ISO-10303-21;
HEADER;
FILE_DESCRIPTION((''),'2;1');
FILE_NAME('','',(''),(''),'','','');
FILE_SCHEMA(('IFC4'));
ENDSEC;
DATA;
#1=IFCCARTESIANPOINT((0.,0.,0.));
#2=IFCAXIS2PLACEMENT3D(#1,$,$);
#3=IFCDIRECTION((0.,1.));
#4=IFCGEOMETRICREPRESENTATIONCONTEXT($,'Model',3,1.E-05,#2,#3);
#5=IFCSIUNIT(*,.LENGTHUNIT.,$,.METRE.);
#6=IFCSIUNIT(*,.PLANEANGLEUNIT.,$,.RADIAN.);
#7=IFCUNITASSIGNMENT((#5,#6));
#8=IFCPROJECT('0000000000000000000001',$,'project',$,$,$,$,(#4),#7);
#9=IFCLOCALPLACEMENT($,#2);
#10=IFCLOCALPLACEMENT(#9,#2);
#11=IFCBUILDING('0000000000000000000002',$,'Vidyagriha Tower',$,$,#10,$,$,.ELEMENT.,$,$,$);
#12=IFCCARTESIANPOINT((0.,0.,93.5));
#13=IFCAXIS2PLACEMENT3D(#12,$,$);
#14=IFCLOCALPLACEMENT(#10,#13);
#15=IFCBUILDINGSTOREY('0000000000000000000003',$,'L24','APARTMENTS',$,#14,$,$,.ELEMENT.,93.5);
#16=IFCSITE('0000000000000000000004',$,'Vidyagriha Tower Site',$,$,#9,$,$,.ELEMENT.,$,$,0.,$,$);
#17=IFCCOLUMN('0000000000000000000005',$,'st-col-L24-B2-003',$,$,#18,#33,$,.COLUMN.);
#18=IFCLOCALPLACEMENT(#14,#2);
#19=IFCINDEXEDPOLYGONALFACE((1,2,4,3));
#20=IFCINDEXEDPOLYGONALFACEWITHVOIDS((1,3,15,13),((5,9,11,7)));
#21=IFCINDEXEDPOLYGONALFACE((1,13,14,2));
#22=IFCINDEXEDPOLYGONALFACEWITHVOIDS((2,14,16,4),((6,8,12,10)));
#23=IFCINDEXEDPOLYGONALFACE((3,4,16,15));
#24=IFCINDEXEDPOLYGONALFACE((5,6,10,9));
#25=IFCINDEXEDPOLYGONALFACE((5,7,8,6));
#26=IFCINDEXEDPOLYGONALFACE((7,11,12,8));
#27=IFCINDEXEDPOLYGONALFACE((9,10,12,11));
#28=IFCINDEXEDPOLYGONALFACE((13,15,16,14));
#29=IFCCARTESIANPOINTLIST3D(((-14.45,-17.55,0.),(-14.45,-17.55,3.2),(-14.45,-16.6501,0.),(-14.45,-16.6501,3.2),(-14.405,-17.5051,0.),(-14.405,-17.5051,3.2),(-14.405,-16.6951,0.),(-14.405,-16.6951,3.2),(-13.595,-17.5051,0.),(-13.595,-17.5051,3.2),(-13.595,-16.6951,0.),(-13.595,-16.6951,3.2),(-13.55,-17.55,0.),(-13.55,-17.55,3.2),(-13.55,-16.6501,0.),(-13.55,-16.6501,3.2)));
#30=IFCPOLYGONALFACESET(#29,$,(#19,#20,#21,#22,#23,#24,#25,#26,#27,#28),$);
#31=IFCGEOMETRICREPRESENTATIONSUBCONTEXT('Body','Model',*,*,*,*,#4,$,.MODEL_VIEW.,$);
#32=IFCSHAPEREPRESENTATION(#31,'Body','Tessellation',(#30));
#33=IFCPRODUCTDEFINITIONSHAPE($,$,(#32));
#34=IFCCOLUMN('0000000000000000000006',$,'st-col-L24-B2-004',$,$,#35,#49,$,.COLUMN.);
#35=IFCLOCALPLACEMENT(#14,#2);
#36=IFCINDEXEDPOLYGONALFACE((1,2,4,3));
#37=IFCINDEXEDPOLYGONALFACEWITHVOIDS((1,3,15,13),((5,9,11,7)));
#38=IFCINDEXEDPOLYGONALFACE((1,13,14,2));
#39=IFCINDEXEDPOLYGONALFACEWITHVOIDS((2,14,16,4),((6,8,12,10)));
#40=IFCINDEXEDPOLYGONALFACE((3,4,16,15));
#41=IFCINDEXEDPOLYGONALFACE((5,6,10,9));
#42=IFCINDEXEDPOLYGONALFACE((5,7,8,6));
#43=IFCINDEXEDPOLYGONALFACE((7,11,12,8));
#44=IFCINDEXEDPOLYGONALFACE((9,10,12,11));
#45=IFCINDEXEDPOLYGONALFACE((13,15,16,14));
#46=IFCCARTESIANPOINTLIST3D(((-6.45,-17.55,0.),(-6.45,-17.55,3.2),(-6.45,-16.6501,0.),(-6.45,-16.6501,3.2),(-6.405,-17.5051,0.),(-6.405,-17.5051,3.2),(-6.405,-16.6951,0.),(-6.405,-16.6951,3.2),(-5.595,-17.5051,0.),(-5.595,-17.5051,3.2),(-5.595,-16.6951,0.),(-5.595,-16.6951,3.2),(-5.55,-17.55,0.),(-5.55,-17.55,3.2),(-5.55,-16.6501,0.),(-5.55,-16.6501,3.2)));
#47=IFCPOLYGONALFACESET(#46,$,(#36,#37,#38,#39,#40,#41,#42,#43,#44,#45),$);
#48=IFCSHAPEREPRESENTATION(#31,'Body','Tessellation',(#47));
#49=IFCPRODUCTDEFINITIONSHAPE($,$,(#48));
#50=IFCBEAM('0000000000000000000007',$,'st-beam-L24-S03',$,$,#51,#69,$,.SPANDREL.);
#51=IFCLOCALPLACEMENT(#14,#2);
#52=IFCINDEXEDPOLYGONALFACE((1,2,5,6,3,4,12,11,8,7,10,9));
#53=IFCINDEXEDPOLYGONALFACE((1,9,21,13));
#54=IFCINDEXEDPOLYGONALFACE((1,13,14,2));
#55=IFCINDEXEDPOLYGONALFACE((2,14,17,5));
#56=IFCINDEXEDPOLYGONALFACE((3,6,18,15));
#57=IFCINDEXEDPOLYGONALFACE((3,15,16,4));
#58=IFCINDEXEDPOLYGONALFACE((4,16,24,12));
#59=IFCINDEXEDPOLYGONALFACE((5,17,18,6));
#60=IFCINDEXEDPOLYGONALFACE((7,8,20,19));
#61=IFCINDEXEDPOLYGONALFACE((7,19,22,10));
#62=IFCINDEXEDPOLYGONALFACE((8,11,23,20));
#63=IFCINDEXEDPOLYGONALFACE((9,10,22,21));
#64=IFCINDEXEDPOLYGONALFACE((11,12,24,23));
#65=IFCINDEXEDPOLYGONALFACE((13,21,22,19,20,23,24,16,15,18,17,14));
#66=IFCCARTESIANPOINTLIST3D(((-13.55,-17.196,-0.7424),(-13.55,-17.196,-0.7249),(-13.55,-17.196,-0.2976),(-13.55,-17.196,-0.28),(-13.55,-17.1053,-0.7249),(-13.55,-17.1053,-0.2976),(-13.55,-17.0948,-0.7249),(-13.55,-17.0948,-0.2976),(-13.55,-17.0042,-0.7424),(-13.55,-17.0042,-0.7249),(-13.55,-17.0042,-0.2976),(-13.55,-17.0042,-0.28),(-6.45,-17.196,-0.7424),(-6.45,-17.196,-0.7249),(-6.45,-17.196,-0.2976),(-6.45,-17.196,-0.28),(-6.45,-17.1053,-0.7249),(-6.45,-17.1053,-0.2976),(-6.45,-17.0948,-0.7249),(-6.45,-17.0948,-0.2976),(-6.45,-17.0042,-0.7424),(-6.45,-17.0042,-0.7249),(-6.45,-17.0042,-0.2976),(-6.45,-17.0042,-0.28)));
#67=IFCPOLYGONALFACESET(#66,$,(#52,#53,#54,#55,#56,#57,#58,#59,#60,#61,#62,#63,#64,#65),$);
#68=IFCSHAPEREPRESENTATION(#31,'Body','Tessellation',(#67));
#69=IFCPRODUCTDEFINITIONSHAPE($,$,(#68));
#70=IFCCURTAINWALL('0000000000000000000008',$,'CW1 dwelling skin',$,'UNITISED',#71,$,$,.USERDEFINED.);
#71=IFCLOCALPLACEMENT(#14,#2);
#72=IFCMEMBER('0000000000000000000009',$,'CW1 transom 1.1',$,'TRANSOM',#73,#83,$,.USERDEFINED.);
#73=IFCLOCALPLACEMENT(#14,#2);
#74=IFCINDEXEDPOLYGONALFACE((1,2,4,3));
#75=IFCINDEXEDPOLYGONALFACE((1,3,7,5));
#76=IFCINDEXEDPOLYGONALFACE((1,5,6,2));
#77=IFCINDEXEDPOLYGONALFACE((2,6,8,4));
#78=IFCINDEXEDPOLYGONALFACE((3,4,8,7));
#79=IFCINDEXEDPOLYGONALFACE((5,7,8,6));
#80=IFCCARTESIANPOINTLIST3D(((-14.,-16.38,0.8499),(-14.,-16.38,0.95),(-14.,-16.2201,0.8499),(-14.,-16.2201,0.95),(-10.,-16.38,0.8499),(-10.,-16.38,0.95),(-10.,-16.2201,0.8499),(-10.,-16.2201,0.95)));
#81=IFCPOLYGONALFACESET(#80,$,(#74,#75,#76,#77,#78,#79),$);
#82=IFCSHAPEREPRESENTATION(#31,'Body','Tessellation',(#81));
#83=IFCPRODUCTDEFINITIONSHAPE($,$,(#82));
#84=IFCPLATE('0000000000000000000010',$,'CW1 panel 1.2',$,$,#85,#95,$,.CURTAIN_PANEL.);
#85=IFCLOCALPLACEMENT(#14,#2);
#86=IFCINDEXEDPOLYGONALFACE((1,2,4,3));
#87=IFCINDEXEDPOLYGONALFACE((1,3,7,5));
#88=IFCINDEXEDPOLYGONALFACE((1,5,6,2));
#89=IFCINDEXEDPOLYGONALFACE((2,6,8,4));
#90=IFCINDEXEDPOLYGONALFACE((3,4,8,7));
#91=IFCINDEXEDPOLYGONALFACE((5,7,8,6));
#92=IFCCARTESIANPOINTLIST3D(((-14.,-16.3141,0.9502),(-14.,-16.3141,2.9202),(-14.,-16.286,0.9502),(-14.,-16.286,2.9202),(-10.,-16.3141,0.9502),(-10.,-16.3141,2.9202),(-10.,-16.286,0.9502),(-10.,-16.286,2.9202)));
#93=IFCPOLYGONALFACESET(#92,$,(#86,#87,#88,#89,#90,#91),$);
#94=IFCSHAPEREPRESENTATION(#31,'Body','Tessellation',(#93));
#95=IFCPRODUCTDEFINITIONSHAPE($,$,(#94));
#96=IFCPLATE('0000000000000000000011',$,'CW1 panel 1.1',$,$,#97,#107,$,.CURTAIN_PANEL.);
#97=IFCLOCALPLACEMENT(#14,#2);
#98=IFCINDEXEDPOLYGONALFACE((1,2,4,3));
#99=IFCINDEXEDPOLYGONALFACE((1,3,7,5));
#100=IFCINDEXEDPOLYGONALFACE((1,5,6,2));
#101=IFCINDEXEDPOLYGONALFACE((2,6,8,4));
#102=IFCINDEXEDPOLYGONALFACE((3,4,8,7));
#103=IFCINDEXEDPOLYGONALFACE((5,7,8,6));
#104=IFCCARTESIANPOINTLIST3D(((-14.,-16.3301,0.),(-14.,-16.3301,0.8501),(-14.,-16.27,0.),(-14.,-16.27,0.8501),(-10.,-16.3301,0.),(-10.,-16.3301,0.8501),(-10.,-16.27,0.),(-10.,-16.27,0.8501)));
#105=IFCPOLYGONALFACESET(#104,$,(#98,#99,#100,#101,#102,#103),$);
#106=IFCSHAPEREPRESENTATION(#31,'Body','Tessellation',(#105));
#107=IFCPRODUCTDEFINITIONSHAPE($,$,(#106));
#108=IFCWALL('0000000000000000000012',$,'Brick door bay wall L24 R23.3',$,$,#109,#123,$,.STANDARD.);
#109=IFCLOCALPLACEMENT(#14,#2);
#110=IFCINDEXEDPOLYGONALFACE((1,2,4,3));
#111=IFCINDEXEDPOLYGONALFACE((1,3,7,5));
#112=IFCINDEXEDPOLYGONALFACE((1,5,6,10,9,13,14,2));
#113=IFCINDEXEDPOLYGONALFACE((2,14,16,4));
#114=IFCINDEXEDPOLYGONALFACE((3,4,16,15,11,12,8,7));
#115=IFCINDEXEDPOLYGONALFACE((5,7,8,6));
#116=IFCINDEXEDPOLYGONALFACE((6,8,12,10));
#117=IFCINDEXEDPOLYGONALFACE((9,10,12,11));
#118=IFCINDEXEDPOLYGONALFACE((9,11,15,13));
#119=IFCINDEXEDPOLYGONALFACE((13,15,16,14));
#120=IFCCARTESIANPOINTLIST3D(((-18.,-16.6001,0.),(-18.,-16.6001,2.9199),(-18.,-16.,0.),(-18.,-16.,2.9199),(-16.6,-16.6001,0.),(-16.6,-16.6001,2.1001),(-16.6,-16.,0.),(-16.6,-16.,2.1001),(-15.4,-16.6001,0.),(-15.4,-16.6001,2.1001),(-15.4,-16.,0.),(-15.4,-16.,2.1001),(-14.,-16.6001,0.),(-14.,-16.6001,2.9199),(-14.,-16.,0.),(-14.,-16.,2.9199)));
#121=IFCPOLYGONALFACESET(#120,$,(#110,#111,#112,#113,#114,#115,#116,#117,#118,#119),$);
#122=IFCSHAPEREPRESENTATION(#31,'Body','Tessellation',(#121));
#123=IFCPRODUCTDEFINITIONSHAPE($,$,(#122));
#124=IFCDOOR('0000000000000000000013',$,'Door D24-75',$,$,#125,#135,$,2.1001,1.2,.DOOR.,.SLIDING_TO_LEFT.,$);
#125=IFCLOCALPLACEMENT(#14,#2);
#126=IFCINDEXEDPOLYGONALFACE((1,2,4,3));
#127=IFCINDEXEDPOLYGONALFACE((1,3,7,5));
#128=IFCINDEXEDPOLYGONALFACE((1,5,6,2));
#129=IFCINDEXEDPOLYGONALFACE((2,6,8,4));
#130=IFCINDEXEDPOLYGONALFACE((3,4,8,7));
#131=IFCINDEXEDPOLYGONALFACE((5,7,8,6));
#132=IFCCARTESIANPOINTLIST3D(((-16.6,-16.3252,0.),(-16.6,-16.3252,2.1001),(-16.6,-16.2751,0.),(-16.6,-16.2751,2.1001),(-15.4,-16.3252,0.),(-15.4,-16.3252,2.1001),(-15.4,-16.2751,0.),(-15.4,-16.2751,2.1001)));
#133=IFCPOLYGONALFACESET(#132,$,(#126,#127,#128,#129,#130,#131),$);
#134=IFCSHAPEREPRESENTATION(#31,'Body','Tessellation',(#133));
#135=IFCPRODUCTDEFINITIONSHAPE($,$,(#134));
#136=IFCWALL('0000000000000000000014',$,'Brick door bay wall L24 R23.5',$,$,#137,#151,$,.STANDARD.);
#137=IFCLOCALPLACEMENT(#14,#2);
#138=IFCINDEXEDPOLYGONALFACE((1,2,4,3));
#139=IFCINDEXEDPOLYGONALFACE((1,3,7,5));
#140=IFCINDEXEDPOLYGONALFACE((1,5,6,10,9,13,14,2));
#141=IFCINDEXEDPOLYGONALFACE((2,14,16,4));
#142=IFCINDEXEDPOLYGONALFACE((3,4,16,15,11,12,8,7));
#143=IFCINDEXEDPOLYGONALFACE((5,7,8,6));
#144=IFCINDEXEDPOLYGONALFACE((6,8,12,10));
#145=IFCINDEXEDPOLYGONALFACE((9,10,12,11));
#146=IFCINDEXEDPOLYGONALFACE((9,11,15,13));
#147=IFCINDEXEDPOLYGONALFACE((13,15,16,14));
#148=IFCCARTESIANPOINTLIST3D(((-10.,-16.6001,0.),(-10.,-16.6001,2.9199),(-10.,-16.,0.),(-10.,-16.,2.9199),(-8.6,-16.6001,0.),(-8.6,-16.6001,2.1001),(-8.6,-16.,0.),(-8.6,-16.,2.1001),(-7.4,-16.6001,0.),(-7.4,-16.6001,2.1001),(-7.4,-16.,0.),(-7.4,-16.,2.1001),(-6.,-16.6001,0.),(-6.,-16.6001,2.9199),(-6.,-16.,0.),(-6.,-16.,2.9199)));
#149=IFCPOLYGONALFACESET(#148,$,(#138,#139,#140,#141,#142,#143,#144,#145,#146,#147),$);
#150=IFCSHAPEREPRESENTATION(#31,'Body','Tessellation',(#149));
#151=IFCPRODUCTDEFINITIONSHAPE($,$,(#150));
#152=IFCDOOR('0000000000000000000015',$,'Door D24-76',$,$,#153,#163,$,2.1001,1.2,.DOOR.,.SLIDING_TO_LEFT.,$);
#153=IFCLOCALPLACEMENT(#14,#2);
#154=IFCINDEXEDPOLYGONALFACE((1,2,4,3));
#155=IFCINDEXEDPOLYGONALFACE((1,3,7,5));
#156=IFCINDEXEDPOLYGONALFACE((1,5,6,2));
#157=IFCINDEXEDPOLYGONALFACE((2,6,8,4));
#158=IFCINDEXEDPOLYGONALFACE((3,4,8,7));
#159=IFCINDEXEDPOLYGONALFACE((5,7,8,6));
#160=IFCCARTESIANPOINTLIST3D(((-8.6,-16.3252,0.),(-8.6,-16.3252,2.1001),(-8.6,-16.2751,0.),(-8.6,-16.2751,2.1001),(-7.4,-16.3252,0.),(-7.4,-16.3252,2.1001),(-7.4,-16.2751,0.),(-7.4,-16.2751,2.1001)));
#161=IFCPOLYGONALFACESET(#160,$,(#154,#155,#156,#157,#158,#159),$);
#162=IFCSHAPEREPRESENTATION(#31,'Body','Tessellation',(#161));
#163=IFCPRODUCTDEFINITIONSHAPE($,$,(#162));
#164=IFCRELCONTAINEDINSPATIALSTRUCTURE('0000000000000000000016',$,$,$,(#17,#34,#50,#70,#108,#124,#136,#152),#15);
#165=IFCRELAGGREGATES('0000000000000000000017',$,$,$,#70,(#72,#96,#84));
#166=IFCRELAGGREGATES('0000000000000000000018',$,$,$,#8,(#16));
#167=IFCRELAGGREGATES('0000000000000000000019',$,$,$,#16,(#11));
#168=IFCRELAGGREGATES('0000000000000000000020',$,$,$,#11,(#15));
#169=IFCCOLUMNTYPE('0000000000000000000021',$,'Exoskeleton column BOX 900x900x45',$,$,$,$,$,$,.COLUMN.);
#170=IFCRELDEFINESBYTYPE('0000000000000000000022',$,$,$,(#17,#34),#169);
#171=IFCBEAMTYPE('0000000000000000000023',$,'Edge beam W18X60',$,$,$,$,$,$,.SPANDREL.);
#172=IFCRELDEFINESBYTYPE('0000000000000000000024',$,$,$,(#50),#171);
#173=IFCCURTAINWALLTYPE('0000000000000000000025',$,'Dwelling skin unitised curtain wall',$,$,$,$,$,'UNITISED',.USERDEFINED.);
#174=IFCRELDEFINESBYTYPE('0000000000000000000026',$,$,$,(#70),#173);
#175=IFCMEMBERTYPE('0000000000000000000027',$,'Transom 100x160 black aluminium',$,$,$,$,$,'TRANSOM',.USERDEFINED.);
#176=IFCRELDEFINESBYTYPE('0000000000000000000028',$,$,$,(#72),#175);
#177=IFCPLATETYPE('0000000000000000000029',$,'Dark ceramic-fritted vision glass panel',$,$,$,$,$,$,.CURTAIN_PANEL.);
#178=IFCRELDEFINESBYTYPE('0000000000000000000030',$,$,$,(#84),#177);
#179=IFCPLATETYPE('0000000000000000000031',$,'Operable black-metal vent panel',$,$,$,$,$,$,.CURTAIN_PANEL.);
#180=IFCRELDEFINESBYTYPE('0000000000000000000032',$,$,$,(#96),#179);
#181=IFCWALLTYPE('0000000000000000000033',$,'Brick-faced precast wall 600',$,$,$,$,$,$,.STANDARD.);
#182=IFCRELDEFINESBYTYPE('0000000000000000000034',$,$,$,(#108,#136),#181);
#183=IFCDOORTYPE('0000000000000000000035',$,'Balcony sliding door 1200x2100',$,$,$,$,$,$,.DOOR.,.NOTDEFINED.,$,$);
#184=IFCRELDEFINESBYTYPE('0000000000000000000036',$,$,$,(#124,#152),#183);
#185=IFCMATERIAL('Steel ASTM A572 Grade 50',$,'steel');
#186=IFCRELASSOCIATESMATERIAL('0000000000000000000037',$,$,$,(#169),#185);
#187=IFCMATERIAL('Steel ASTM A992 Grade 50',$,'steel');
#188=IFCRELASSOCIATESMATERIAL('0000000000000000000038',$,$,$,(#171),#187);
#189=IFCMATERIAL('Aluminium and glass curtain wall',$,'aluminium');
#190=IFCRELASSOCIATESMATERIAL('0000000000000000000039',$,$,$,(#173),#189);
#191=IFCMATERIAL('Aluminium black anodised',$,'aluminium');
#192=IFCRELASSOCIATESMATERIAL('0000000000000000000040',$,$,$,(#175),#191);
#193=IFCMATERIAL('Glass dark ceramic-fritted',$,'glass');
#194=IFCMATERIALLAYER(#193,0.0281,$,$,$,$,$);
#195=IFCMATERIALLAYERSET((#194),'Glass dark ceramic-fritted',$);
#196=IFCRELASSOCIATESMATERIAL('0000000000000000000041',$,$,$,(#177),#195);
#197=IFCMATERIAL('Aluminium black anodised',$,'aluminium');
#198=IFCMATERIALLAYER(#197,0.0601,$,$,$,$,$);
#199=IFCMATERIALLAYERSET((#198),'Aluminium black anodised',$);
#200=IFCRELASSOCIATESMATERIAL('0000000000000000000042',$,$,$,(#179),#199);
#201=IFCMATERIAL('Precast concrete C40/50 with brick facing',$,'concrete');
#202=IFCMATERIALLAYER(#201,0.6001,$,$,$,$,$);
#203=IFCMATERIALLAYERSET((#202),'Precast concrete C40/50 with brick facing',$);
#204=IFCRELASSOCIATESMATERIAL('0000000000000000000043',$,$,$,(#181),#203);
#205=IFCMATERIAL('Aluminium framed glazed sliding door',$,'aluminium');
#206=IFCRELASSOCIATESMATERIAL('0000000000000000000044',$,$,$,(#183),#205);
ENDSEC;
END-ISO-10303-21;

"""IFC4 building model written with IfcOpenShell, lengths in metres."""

from ifc_helpers import new_model, si_unit, direction, frame, frame_2d, origin, origin_2d, place, context, subcontext, project, spatial, rectangle, hollow_rectangle, i_section, extrude, material, layer, layer_set, material_profile, profile_set, type_object, element, fill, aggregate, save


model = new_model("IFC4")

# Units and contexts
model_context = context("Model", 3, precision=1e-05, world=origin(), true_north=direction((0.0, 1.0)))
body_context = subcontext(model_context, "Body", "Model", "MODEL_VIEW")
ifc_project = project(units=[si_unit("LENGTHUNIT", "METRE"), si_unit("PLANEANGLEUNIT", "RADIAN")], contexts=[model_context])

# Site, building, storey
site_placement = place(None, origin())
site = spatial("IfcSite", under=ifc_project, at=site_placement, Name="Vidyagriha Tower Site", CompositionType="ELEMENT", RefElevation=0.0)
building_placement = place(site_placement, origin())
building = spatial("IfcBuilding", under=site, at=building_placement, Name="Vidyagriha Tower", CompositionType="ELEMENT")
storey_placement = place(building_placement, frame((0.0, 0.0, 93.5)))
storey = spatial("IfcBuildingStorey", under=building, at=storey_placement, Name="L24", Description="APARTMENTS", CompositionType="ELEMENT", Elevation=93.5)

# Columns
ifc_material_1 = material(Name="Steel ASTM A572 Grade 50", Category="steel")
ifc_material_profile_1 = material_profile(ifc_material_1, hollow_rectangle(XDim=0.8999, YDim=0.8999, WallThickness=0.0449, at=origin_2d()), Name="BOX 900x900x45")
ifc_profile_set_1 = profile_set([ifc_material_profile_1], Name="Steel ASTM A572 Grade 50")
column_type = type_object("IfcColumnType", Name="Exoskeleton column BOX 900x900x45", PredefinedType="COLUMN", material=ifc_profile_set_1)
for number, where, name in (
    (1, (-14.0, -17.1001, 0.0), "st-col-L24-B2-003"),
    (2, (-6.0, -17.1001, 0.0), "st-col-L24-B2-004"),
):
    element("IfcColumn", number, at=place(storey_placement, frame(where)), inside=storey, type_object=column_type, Name=name, PredefinedType="COLUMN", context=body_context, shape_type="SweptSolid", body=[
        extrude(hollow_rectangle(XDim=0.8999, YDim=0.8999, WallThickness=0.0449, at=origin_2d()), origin(), (0.0, 0.0, 1.0), 3.2),
    ])

# Beam
ifc_material_2 = material(Name="Steel ASTM A992 Grade 50", Category="steel")
ifc_material_profile_2 = material_profile(ifc_material_2, i_section(OverallWidth=0.1919, OverallDepth=0.4624, WebThickness=0.0105, FlangeThickness=0.0176, at=origin_2d()), Name="W18X60")
ifc_profile_set_2 = profile_set([ifc_material_profile_2], Name="Steel ASTM A992 Grade 50")
beam_type = type_object("IfcBeamType", Name="Edge beam W18X60", PredefinedType="SPANDREL", material=ifc_profile_set_2)
beam_placement = place(storey_placement, frame((-13.55, -17.1001, -0.5112), z_axis=(1.0, 0.0, 0.0), x_axis=(0.0, 1.0, 0.0)))
element("IfcBeam", 3, at=beam_placement, inside=storey, type_object=beam_type, Name="st-beam-L24-S03", PredefinedType="SPANDREL", context=body_context, shape_type="SweptSolid", body=[
    extrude(i_section(OverallWidth=0.1919, OverallDepth=0.4624, WebThickness=0.0105, FlangeThickness=0.0176, at=origin_2d()), origin(), (0.0, 0.0, 1.0), 7.1001),
])

# Curtain wall, member, plates
ifc_material_3 = material(Name="Aluminium and glass curtain wall", Category="aluminium")
curtain_wall_type = type_object("IfcCurtainWallType", Name="Dwelling skin unitised curtain wall", ElementType="UNITISED", PredefinedType="USERDEFINED", material=ifc_material_3)
curtain_wall_placement = place(storey_placement, origin())
curtain_wall = element("IfcCurtainWall", 4, at=curtain_wall_placement, inside=storey, type_object=curtain_wall_type, Name="CW1 dwelling skin", ObjectType="UNITISED", PredefinedType="USERDEFINED")
ifc_material_4 = material(Name="Aluminium black anodised", Category="aluminium")
ifc_material_profile_3 = material_profile(ifc_material_4, rectangle(XDim=0.1599, YDim=0.1001, at=origin_2d()), Name="Transom 100x160 black aluminium")
ifc_profile_set_3 = profile_set([ifc_material_profile_3], Name="Aluminium black anodised")
member_type = type_object("IfcMemberType", Name="Transom 100x160 black aluminium", ElementType="TRANSOM", PredefinedType="USERDEFINED", material=ifc_profile_set_3)
member_placement = place(storey_placement, frame((-14.0, -16.3, 0.8999), z_axis=(1.0, 0.0, 0.0), x_axis=(0.0, 1.0, 0.0)))
member = element("IfcMember", 5, at=member_placement, type_object=member_type, Name="CW1 transom 1.1", ObjectType="TRANSOM", PredefinedType="USERDEFINED", context=body_context, shape_type="SweptSolid", body=[
    extrude(rectangle(XDim=0.1599, YDim=0.1001, at=origin_2d()), origin(), (0.0, 0.0, 1.0), 4.0),
])
ifc_material_5 = material(Name="Glass dark ceramic-fritted", Category="glass")
ifc_layer_1 = layer(ifc_material_5, 0.0281)
ifc_layer_set_1 = layer_set([ifc_layer_1], Name="Glass dark ceramic-fritted")
plate_type_1 = type_object("IfcPlateType", Name="Dark ceramic-fritted vision glass panel", PredefinedType="CURTAIN_PANEL", material=ifc_layer_set_1)
plate_1_placement = place(storey_placement, frame((-12.0, -16.3, 0.9502)))
plate_1 = element("IfcPlate", 6, at=plate_1_placement, type_object=plate_type_1, Name="CW1 panel 1.2", PredefinedType="CURTAIN_PANEL", context=body_context, shape_type="SweptSolid", body=[
    extrude(rectangle(XDim=4.0, YDim=0.0281, at=origin_2d()), origin(), (0.0, 0.0, 1.0), 1.97),
])
ifc_material_6 = material(Name="Aluminium black anodised", Category="aluminium")
ifc_layer_2 = layer(ifc_material_6, 0.0601)
ifc_layer_set_2 = layer_set([ifc_layer_2], Name="Aluminium black anodised")
plate_type_2 = type_object("IfcPlateType", Name="Operable black-metal vent panel", PredefinedType="CURTAIN_PANEL", material=ifc_layer_set_2)
plate_2_placement = place(storey_placement, frame((-12.0, -16.3, 0.0)))
plate_2 = element("IfcPlate", 7, at=plate_2_placement, type_object=plate_type_2, Name="CW1 panel 1.1", PredefinedType="CURTAIN_PANEL", context=body_context, shape_type="SweptSolid", body=[
    extrude(rectangle(XDim=4.0, YDim=0.0601, at=origin_2d()), origin(), (0.0, 0.0, 1.0), 0.8501),
])
aggregate(curtain_wall, [member, plate_2, plate_1])

# Walls, openings, doors
ifc_material_7 = material(Name="Precast concrete C40/50 with brick facing", Category="concrete")
ifc_layer_3 = layer(ifc_material_7, 0.6001)
ifc_layer_set_3 = layer_set([ifc_layer_3], Name="Precast concrete C40/50 with brick facing")
wall_type = type_object("IfcWallType", Name="Brick-faced precast wall 600", PredefinedType="STANDARD", material=ifc_layer_set_3)
wall_1_placement = place(storey_placement, frame((-18.0, -16.3, 0.0)))
wall_1 = element("IfcWall", 8, at=wall_1_placement, inside=storey, type_object=wall_type, Name="Brick door bay wall L24 R23.3", PredefinedType="STANDARD", context=body_context, shape_type="SweptSolid", body=[
    extrude(rectangle(XDim=4.0, YDim=0.6001, at=frame_2d((2.0, 0.0))), origin(), (0.0, 0.0, 1.0), 2.9199),
])
opening_1_placement = place(wall_1_placement, frame((1.3999, 0.0, 0.0)))
opening_1 = element("IfcOpeningElement", 9, at=opening_1_placement, cuts=wall_1, PredefinedType="OPENING", context=body_context, shape_type="SweptSolid", body=[
    extrude(rectangle(XDim=1.2, YDim=2.1001, at=frame_2d((0.6001, 1.05))), frame((0.0, 0.3101, 0.0), z_axis=(0.0, -1.0, 0.0), x_axis=(1.0, 0.0, 0.0)), (0.0, 0.0, 1.0), 0.6201),
])
ifc_material_8 = material(Name="Aluminium framed glazed sliding door", Category="aluminium")
door_type = type_object("IfcDoorType", Name="Balcony sliding door 1200x2100", OperationType="NOTDEFINED", PredefinedType="DOOR", material=ifc_material_8)
door_1_placement = place(opening_1_placement, origin())
door_1 = element("IfcDoor", 10, at=door_1_placement, inside=storey, type_object=door_type, Name="Door D24-75", OperationType="SLIDING_TO_LEFT", OverallHeight=2.1001, OverallWidth=1.2, PredefinedType="DOOR", context=body_context, shape_type="SweptSolid", body=[
    extrude(rectangle(XDim=1.2, YDim=2.1001, at=frame_2d((0.6001, 1.05))), frame((0.0, 0.0249, 0.0), z_axis=(0.0, -1.0, 0.0), x_axis=(1.0, 0.0, 0.0)), (0.0, 0.0, 1.0), 0.05),
])
fill(opening_1, door_1)
wall_2_placement = place(storey_placement, frame((-10.0, -16.3, 0.0)))
wall_2 = element("IfcWall", 11, at=wall_2_placement, inside=storey, type_object=wall_type, Name="Brick door bay wall L24 R23.5", PredefinedType="STANDARD", context=body_context, shape_type="SweptSolid", body=[
    extrude(rectangle(XDim=4.0, YDim=0.6001, at=frame_2d((2.0, 0.0))), origin(), (0.0, 0.0, 1.0), 2.9199),
])
opening_2_placement = place(wall_2_placement, frame((1.3999, 0.0, 0.0)))
opening_2 = element("IfcOpeningElement", 12, at=opening_2_placement, cuts=wall_2, PredefinedType="OPENING", context=body_context, shape_type="SweptSolid", body=[
    extrude(rectangle(XDim=1.2, YDim=2.1001, at=frame_2d((0.6001, 1.05))), frame((0.0, 0.3101, 0.0), z_axis=(0.0, -1.0, 0.0), x_axis=(1.0, 0.0, 0.0)), (0.0, 0.0, 1.0), 0.6201),
])
door_2_placement = place(opening_2_placement, origin())
door_2 = element("IfcDoor", 13, at=door_2_placement, inside=storey, type_object=door_type, Name="Door D24-76", OperationType="SLIDING_TO_LEFT", OverallHeight=2.1001, OverallWidth=1.2, PredefinedType="DOOR", context=body_context, shape_type="SweptSolid", body=[
    extrude(rectangle(XDim=1.2, YDim=2.1001, at=frame_2d((0.6001, 1.05))), frame((0.0, 0.0249, 0.0), z_axis=(0.0, -1.0, 0.0), x_axis=(1.0, 0.0, 0.0)), (0.0, 0.0, 1.0), 0.05),
])
fill(opening_2, door_2)

save(model, "model.ifc")
